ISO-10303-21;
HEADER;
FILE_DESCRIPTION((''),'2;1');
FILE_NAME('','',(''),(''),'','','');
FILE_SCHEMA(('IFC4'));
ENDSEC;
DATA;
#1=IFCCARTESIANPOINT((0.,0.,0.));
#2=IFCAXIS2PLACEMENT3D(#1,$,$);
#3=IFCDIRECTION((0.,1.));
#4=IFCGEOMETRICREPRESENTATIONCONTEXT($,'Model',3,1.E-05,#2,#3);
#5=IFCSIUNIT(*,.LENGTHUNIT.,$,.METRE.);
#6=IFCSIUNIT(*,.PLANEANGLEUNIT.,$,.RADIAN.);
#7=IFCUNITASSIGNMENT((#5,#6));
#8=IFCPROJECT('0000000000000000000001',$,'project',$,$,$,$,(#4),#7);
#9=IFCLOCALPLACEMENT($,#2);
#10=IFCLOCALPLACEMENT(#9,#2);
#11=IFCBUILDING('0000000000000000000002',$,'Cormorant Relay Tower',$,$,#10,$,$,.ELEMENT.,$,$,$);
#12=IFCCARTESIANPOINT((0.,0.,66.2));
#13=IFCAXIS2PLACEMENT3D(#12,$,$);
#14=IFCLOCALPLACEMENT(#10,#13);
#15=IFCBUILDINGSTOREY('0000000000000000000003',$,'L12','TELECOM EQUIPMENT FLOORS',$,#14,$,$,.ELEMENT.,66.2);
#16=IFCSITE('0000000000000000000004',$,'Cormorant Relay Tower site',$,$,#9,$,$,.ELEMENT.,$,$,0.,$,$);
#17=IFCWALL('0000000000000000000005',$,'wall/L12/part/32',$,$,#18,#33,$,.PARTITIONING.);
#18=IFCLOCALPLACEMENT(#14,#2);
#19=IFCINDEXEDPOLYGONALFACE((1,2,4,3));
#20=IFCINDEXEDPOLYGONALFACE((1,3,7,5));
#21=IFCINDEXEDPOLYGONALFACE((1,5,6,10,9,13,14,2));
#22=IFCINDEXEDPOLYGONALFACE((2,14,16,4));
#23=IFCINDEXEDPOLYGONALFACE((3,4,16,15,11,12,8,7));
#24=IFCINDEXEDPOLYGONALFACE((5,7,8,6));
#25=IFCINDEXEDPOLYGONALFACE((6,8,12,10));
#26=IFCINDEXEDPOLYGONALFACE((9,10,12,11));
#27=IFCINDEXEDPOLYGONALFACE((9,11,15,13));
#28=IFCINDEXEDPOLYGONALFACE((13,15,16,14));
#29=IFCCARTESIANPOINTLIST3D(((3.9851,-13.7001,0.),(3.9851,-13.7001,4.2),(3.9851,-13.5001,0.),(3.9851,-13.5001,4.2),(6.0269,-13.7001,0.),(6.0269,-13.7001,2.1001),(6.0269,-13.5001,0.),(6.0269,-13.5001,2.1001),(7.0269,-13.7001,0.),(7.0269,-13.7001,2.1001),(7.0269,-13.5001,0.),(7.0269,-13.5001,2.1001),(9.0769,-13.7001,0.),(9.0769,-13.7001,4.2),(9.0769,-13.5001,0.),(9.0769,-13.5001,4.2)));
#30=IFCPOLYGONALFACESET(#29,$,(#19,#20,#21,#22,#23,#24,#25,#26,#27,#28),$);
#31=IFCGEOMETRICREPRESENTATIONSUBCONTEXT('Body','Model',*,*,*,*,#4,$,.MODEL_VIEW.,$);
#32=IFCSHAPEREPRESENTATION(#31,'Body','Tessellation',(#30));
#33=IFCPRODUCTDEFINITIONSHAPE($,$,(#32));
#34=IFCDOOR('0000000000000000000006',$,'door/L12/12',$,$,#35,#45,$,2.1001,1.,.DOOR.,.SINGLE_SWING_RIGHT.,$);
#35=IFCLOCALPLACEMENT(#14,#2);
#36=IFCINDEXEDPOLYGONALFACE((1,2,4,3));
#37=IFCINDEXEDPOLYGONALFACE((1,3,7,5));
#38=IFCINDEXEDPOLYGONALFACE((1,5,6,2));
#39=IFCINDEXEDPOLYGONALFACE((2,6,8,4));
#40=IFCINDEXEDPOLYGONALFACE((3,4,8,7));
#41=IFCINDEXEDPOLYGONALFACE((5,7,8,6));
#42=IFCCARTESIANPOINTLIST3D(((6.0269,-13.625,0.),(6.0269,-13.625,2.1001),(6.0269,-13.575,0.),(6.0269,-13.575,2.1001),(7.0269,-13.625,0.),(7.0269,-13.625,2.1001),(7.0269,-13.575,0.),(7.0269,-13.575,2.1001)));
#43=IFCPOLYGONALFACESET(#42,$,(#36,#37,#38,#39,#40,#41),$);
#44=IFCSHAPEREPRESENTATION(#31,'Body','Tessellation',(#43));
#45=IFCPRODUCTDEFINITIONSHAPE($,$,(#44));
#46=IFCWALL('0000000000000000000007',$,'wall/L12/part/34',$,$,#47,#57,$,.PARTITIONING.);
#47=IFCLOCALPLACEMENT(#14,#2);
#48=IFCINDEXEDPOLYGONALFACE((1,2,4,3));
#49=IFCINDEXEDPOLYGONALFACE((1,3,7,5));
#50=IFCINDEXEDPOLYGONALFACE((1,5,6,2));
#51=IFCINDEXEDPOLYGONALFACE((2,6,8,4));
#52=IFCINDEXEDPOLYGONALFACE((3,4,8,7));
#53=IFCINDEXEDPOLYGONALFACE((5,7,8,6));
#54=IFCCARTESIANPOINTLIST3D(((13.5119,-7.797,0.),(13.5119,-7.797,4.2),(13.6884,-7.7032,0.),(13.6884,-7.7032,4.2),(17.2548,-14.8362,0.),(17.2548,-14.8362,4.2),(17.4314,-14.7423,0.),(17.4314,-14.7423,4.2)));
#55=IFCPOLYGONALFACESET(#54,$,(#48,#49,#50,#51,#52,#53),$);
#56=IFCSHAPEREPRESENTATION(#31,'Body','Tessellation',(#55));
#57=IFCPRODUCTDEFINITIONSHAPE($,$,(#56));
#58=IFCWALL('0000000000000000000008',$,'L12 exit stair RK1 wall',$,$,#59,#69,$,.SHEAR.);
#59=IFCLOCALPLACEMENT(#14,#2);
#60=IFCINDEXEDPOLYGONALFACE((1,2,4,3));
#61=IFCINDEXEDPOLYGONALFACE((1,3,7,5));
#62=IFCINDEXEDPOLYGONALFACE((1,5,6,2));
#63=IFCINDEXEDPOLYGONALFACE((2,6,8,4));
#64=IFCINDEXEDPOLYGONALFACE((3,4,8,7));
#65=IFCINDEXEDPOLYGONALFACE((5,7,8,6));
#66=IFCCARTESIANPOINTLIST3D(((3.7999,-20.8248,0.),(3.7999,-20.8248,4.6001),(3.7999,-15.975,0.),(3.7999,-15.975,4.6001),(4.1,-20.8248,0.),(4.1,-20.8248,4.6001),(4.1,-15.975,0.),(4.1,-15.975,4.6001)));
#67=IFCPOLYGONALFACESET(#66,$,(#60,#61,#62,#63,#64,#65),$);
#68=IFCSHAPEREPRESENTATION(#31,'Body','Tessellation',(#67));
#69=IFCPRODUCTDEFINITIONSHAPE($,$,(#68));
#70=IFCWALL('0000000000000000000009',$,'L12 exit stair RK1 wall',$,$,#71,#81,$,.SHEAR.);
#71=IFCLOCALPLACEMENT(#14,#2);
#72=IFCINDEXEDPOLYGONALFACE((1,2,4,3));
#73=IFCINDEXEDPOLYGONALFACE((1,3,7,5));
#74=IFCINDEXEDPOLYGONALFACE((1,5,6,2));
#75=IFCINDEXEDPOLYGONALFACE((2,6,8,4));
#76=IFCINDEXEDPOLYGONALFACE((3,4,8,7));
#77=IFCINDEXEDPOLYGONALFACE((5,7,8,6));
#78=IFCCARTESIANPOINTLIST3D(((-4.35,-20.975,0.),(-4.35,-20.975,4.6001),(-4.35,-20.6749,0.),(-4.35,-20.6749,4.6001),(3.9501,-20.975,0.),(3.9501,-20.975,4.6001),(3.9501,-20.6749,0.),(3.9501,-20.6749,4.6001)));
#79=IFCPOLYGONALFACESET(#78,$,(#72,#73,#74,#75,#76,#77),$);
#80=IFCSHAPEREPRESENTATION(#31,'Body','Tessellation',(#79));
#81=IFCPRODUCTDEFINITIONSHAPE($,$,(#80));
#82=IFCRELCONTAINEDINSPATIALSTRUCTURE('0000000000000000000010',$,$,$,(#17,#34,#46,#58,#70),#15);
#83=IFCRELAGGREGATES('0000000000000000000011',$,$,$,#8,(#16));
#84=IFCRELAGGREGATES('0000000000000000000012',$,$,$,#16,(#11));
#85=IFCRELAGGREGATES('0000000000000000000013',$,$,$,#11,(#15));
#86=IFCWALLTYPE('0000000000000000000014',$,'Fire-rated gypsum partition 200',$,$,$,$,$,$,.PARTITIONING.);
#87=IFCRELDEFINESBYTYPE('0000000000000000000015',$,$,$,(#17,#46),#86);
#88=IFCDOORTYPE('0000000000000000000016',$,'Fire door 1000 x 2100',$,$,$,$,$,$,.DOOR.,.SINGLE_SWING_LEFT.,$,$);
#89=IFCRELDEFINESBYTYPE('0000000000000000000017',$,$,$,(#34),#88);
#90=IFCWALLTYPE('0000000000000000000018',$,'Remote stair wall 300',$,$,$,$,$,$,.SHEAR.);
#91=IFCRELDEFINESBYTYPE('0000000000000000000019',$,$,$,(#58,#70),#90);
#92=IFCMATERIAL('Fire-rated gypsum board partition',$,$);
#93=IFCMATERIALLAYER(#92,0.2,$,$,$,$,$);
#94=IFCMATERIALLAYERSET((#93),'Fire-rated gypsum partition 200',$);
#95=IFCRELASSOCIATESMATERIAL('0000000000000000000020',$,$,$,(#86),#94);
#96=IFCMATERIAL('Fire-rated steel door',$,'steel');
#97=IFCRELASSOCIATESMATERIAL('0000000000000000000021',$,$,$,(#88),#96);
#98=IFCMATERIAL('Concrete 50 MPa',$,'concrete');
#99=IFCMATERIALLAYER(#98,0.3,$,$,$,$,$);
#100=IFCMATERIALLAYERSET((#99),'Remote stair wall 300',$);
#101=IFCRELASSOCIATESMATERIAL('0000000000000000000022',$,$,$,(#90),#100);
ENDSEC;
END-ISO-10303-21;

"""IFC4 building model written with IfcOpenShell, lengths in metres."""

from ifc_helpers import new_model, si_unit, direction, frame, frame_2d, origin, place, context, subcontext, project, spatial, rectangle, extrude, material, layer, layer_set, type_object, element, fill, save


model = new_model("IFC4")

# Units and contexts
model_context = context("Model", 3, precision=1e-05, world=origin(), true_north=direction((0.0, 1.0)))
body_context = subcontext(model_context, "Body", "Model", "MODEL_VIEW")
ifc_project = project(units=[si_unit("LENGTHUNIT", "METRE"), si_unit("PLANEANGLEUNIT", "RADIAN")], contexts=[model_context])

# Site, building, storey
site_placement = place(None, origin())
site = spatial("IfcSite", under=ifc_project, at=site_placement, Name="Cormorant Relay Tower site", CompositionType="ELEMENT", RefElevation=0.0)
building_placement = place(site_placement, origin())
building = spatial("IfcBuilding", under=site, at=building_placement, Name="Cormorant Relay Tower", CompositionType="ELEMENT")
storey_placement = place(building_placement, frame((0.0, 0.0, 66.2)))
storey = spatial("IfcBuildingStorey", under=building, at=storey_placement, Name="L12", Description="TELECOM EQUIPMENT FLOORS", CompositionType="ELEMENT", Elevation=66.2)

# Shared definitions
ifc_material_1 = material(Name="Fire-rated gypsum board partition")
ifc_layer_1 = layer(ifc_material_1, 0.2)
ifc_layer_set_1 = layer_set([ifc_layer_1], Name="Fire-rated gypsum partition 200")
wall_type_1 = type_object("IfcWallType", Name="Fire-rated gypsum partition 200", PredefinedType="PARTITIONING", material=ifc_layer_set_1)

# Wall, opening, door
wall_1_placement = place(storey_placement, frame((9.0769, -13.6001, 0.0), z_axis=(0.0, 0.0, 1.0), x_axis=(-1.0, 0.0, 0.0)))
wall_1 = element("IfcWall", 1, at=wall_1_placement, inside=storey, type_object=wall_type_1, Name="wall/L12/part/32", PredefinedType="PARTITIONING", context=body_context, shape_type="SweptSolid", body=[
    extrude(rectangle(XDim=5.0918, YDim=0.2, at=frame_2d((2.5459, 0.0))), origin(), (0.0, 0.0, 1.0), 4.2),
])
opening_placement = place(wall_1_placement, frame((2.05, 0.0, 0.0)))
opening = element("IfcOpeningElement", 2, at=opening_placement, cuts=wall_1, PredefinedType="OPENING", context=body_context, shape_type="SweptSolid", body=[
    extrude(rectangle(XDim=1.0, YDim=2.1001, at=frame_2d((0.5, 1.05))), frame((0.0, 0.1099, 0.0), z_axis=(0.0, -1.0, 0.0), x_axis=(1.0, 0.0, 0.0)), (0.0, 0.0, 1.0), 0.22),
])
ifc_material_2 = material(Name="Fire-rated steel door", Category="steel")
door_type = type_object("IfcDoorType", Name="Fire door 1000 x 2100", OperationType="SINGLE_SWING_LEFT", PredefinedType="DOOR", material=ifc_material_2)
door_placement = place(opening_placement, origin())
door = element("IfcDoor", 3, at=door_placement, inside=storey, type_object=door_type, Name="door/L12/12", OperationType="SINGLE_SWING_RIGHT", OverallHeight=2.1001, OverallWidth=1.0, PredefinedType="DOOR", context=body_context, shape_type="SweptSolid", body=[
    extrude(rectangle(XDim=1.0, YDim=2.1001, at=frame_2d((0.5, 1.05))), frame((0.0, 0.0249, 0.0), z_axis=(0.0, -1.0, 0.0), x_axis=(1.0, 0.0, 0.0)), (0.0, 0.0, 1.0), 0.05),
])
fill(opening, door)

# Walls
wall_2_placement = place(storey_placement, frame((13.6001, -7.75, 0.0), z_axis=(0.0, 0.0, 1.0), x_axis=(0.46949, -0.882938, 0.0)))
element("IfcWall", 4, at=wall_2_placement, inside=storey, type_object=wall_type_1, Name="wall/L12/part/34", PredefinedType="PARTITIONING", context=body_context, shape_type="SweptSolid", body=[
    extrude(rectangle(XDim=7.9724, YDim=0.2, at=frame_2d((3.9863, 0.0))), origin(), (0.0, 0.0, 1.0), 4.2),
])
ifc_material_3 = material(Name="Concrete 50 MPa", Category="concrete")
ifc_layer_2 = layer(ifc_material_3, 0.3)
ifc_layer_set_2 = layer_set([ifc_layer_2], Name="Remote stair wall 300")
wall_type_2 = type_object("IfcWallType", Name="Remote stair wall 300", PredefinedType="SHEAR", material=ifc_layer_set_2)
wall_3_placement = place(storey_placement, frame((3.95, -15.9751, 0.0), z_axis=(0.0, 0.0, 1.0), x_axis=(0.0, -1.0, 0.0)))
element("IfcWall", 5, at=wall_3_placement, inside=storey, type_object=wall_type_2, Name="L12 exit stair RK1 wall", PredefinedType="SHEAR", context=body_context, shape_type="SweptSolid", body=[
    extrude(rectangle(XDim=4.8499, YDim=0.3, at=frame_2d((2.4248, 0.0))), origin(), (0.0, 0.0, 1.0), 4.6001),
])
wall_4_placement = place(storey_placement, frame((3.95, -20.825, 0.0), z_axis=(0.0, 0.0, 1.0), x_axis=(-1.0, 0.0, 0.0)))
element("IfcWall", 6, at=wall_4_placement, inside=storey, type_object=wall_type_2, Name="L12 exit stair RK1 wall", PredefinedType="SHEAR", context=body_context, shape_type="SweptSolid", body=[
    extrude(rectangle(XDim=8.3, YDim=0.3, at=frame_2d((4.1499, 0.0))), origin(), (0.0, 0.0, 1.0), 4.6001),
])

save(model, "model.ifc")
